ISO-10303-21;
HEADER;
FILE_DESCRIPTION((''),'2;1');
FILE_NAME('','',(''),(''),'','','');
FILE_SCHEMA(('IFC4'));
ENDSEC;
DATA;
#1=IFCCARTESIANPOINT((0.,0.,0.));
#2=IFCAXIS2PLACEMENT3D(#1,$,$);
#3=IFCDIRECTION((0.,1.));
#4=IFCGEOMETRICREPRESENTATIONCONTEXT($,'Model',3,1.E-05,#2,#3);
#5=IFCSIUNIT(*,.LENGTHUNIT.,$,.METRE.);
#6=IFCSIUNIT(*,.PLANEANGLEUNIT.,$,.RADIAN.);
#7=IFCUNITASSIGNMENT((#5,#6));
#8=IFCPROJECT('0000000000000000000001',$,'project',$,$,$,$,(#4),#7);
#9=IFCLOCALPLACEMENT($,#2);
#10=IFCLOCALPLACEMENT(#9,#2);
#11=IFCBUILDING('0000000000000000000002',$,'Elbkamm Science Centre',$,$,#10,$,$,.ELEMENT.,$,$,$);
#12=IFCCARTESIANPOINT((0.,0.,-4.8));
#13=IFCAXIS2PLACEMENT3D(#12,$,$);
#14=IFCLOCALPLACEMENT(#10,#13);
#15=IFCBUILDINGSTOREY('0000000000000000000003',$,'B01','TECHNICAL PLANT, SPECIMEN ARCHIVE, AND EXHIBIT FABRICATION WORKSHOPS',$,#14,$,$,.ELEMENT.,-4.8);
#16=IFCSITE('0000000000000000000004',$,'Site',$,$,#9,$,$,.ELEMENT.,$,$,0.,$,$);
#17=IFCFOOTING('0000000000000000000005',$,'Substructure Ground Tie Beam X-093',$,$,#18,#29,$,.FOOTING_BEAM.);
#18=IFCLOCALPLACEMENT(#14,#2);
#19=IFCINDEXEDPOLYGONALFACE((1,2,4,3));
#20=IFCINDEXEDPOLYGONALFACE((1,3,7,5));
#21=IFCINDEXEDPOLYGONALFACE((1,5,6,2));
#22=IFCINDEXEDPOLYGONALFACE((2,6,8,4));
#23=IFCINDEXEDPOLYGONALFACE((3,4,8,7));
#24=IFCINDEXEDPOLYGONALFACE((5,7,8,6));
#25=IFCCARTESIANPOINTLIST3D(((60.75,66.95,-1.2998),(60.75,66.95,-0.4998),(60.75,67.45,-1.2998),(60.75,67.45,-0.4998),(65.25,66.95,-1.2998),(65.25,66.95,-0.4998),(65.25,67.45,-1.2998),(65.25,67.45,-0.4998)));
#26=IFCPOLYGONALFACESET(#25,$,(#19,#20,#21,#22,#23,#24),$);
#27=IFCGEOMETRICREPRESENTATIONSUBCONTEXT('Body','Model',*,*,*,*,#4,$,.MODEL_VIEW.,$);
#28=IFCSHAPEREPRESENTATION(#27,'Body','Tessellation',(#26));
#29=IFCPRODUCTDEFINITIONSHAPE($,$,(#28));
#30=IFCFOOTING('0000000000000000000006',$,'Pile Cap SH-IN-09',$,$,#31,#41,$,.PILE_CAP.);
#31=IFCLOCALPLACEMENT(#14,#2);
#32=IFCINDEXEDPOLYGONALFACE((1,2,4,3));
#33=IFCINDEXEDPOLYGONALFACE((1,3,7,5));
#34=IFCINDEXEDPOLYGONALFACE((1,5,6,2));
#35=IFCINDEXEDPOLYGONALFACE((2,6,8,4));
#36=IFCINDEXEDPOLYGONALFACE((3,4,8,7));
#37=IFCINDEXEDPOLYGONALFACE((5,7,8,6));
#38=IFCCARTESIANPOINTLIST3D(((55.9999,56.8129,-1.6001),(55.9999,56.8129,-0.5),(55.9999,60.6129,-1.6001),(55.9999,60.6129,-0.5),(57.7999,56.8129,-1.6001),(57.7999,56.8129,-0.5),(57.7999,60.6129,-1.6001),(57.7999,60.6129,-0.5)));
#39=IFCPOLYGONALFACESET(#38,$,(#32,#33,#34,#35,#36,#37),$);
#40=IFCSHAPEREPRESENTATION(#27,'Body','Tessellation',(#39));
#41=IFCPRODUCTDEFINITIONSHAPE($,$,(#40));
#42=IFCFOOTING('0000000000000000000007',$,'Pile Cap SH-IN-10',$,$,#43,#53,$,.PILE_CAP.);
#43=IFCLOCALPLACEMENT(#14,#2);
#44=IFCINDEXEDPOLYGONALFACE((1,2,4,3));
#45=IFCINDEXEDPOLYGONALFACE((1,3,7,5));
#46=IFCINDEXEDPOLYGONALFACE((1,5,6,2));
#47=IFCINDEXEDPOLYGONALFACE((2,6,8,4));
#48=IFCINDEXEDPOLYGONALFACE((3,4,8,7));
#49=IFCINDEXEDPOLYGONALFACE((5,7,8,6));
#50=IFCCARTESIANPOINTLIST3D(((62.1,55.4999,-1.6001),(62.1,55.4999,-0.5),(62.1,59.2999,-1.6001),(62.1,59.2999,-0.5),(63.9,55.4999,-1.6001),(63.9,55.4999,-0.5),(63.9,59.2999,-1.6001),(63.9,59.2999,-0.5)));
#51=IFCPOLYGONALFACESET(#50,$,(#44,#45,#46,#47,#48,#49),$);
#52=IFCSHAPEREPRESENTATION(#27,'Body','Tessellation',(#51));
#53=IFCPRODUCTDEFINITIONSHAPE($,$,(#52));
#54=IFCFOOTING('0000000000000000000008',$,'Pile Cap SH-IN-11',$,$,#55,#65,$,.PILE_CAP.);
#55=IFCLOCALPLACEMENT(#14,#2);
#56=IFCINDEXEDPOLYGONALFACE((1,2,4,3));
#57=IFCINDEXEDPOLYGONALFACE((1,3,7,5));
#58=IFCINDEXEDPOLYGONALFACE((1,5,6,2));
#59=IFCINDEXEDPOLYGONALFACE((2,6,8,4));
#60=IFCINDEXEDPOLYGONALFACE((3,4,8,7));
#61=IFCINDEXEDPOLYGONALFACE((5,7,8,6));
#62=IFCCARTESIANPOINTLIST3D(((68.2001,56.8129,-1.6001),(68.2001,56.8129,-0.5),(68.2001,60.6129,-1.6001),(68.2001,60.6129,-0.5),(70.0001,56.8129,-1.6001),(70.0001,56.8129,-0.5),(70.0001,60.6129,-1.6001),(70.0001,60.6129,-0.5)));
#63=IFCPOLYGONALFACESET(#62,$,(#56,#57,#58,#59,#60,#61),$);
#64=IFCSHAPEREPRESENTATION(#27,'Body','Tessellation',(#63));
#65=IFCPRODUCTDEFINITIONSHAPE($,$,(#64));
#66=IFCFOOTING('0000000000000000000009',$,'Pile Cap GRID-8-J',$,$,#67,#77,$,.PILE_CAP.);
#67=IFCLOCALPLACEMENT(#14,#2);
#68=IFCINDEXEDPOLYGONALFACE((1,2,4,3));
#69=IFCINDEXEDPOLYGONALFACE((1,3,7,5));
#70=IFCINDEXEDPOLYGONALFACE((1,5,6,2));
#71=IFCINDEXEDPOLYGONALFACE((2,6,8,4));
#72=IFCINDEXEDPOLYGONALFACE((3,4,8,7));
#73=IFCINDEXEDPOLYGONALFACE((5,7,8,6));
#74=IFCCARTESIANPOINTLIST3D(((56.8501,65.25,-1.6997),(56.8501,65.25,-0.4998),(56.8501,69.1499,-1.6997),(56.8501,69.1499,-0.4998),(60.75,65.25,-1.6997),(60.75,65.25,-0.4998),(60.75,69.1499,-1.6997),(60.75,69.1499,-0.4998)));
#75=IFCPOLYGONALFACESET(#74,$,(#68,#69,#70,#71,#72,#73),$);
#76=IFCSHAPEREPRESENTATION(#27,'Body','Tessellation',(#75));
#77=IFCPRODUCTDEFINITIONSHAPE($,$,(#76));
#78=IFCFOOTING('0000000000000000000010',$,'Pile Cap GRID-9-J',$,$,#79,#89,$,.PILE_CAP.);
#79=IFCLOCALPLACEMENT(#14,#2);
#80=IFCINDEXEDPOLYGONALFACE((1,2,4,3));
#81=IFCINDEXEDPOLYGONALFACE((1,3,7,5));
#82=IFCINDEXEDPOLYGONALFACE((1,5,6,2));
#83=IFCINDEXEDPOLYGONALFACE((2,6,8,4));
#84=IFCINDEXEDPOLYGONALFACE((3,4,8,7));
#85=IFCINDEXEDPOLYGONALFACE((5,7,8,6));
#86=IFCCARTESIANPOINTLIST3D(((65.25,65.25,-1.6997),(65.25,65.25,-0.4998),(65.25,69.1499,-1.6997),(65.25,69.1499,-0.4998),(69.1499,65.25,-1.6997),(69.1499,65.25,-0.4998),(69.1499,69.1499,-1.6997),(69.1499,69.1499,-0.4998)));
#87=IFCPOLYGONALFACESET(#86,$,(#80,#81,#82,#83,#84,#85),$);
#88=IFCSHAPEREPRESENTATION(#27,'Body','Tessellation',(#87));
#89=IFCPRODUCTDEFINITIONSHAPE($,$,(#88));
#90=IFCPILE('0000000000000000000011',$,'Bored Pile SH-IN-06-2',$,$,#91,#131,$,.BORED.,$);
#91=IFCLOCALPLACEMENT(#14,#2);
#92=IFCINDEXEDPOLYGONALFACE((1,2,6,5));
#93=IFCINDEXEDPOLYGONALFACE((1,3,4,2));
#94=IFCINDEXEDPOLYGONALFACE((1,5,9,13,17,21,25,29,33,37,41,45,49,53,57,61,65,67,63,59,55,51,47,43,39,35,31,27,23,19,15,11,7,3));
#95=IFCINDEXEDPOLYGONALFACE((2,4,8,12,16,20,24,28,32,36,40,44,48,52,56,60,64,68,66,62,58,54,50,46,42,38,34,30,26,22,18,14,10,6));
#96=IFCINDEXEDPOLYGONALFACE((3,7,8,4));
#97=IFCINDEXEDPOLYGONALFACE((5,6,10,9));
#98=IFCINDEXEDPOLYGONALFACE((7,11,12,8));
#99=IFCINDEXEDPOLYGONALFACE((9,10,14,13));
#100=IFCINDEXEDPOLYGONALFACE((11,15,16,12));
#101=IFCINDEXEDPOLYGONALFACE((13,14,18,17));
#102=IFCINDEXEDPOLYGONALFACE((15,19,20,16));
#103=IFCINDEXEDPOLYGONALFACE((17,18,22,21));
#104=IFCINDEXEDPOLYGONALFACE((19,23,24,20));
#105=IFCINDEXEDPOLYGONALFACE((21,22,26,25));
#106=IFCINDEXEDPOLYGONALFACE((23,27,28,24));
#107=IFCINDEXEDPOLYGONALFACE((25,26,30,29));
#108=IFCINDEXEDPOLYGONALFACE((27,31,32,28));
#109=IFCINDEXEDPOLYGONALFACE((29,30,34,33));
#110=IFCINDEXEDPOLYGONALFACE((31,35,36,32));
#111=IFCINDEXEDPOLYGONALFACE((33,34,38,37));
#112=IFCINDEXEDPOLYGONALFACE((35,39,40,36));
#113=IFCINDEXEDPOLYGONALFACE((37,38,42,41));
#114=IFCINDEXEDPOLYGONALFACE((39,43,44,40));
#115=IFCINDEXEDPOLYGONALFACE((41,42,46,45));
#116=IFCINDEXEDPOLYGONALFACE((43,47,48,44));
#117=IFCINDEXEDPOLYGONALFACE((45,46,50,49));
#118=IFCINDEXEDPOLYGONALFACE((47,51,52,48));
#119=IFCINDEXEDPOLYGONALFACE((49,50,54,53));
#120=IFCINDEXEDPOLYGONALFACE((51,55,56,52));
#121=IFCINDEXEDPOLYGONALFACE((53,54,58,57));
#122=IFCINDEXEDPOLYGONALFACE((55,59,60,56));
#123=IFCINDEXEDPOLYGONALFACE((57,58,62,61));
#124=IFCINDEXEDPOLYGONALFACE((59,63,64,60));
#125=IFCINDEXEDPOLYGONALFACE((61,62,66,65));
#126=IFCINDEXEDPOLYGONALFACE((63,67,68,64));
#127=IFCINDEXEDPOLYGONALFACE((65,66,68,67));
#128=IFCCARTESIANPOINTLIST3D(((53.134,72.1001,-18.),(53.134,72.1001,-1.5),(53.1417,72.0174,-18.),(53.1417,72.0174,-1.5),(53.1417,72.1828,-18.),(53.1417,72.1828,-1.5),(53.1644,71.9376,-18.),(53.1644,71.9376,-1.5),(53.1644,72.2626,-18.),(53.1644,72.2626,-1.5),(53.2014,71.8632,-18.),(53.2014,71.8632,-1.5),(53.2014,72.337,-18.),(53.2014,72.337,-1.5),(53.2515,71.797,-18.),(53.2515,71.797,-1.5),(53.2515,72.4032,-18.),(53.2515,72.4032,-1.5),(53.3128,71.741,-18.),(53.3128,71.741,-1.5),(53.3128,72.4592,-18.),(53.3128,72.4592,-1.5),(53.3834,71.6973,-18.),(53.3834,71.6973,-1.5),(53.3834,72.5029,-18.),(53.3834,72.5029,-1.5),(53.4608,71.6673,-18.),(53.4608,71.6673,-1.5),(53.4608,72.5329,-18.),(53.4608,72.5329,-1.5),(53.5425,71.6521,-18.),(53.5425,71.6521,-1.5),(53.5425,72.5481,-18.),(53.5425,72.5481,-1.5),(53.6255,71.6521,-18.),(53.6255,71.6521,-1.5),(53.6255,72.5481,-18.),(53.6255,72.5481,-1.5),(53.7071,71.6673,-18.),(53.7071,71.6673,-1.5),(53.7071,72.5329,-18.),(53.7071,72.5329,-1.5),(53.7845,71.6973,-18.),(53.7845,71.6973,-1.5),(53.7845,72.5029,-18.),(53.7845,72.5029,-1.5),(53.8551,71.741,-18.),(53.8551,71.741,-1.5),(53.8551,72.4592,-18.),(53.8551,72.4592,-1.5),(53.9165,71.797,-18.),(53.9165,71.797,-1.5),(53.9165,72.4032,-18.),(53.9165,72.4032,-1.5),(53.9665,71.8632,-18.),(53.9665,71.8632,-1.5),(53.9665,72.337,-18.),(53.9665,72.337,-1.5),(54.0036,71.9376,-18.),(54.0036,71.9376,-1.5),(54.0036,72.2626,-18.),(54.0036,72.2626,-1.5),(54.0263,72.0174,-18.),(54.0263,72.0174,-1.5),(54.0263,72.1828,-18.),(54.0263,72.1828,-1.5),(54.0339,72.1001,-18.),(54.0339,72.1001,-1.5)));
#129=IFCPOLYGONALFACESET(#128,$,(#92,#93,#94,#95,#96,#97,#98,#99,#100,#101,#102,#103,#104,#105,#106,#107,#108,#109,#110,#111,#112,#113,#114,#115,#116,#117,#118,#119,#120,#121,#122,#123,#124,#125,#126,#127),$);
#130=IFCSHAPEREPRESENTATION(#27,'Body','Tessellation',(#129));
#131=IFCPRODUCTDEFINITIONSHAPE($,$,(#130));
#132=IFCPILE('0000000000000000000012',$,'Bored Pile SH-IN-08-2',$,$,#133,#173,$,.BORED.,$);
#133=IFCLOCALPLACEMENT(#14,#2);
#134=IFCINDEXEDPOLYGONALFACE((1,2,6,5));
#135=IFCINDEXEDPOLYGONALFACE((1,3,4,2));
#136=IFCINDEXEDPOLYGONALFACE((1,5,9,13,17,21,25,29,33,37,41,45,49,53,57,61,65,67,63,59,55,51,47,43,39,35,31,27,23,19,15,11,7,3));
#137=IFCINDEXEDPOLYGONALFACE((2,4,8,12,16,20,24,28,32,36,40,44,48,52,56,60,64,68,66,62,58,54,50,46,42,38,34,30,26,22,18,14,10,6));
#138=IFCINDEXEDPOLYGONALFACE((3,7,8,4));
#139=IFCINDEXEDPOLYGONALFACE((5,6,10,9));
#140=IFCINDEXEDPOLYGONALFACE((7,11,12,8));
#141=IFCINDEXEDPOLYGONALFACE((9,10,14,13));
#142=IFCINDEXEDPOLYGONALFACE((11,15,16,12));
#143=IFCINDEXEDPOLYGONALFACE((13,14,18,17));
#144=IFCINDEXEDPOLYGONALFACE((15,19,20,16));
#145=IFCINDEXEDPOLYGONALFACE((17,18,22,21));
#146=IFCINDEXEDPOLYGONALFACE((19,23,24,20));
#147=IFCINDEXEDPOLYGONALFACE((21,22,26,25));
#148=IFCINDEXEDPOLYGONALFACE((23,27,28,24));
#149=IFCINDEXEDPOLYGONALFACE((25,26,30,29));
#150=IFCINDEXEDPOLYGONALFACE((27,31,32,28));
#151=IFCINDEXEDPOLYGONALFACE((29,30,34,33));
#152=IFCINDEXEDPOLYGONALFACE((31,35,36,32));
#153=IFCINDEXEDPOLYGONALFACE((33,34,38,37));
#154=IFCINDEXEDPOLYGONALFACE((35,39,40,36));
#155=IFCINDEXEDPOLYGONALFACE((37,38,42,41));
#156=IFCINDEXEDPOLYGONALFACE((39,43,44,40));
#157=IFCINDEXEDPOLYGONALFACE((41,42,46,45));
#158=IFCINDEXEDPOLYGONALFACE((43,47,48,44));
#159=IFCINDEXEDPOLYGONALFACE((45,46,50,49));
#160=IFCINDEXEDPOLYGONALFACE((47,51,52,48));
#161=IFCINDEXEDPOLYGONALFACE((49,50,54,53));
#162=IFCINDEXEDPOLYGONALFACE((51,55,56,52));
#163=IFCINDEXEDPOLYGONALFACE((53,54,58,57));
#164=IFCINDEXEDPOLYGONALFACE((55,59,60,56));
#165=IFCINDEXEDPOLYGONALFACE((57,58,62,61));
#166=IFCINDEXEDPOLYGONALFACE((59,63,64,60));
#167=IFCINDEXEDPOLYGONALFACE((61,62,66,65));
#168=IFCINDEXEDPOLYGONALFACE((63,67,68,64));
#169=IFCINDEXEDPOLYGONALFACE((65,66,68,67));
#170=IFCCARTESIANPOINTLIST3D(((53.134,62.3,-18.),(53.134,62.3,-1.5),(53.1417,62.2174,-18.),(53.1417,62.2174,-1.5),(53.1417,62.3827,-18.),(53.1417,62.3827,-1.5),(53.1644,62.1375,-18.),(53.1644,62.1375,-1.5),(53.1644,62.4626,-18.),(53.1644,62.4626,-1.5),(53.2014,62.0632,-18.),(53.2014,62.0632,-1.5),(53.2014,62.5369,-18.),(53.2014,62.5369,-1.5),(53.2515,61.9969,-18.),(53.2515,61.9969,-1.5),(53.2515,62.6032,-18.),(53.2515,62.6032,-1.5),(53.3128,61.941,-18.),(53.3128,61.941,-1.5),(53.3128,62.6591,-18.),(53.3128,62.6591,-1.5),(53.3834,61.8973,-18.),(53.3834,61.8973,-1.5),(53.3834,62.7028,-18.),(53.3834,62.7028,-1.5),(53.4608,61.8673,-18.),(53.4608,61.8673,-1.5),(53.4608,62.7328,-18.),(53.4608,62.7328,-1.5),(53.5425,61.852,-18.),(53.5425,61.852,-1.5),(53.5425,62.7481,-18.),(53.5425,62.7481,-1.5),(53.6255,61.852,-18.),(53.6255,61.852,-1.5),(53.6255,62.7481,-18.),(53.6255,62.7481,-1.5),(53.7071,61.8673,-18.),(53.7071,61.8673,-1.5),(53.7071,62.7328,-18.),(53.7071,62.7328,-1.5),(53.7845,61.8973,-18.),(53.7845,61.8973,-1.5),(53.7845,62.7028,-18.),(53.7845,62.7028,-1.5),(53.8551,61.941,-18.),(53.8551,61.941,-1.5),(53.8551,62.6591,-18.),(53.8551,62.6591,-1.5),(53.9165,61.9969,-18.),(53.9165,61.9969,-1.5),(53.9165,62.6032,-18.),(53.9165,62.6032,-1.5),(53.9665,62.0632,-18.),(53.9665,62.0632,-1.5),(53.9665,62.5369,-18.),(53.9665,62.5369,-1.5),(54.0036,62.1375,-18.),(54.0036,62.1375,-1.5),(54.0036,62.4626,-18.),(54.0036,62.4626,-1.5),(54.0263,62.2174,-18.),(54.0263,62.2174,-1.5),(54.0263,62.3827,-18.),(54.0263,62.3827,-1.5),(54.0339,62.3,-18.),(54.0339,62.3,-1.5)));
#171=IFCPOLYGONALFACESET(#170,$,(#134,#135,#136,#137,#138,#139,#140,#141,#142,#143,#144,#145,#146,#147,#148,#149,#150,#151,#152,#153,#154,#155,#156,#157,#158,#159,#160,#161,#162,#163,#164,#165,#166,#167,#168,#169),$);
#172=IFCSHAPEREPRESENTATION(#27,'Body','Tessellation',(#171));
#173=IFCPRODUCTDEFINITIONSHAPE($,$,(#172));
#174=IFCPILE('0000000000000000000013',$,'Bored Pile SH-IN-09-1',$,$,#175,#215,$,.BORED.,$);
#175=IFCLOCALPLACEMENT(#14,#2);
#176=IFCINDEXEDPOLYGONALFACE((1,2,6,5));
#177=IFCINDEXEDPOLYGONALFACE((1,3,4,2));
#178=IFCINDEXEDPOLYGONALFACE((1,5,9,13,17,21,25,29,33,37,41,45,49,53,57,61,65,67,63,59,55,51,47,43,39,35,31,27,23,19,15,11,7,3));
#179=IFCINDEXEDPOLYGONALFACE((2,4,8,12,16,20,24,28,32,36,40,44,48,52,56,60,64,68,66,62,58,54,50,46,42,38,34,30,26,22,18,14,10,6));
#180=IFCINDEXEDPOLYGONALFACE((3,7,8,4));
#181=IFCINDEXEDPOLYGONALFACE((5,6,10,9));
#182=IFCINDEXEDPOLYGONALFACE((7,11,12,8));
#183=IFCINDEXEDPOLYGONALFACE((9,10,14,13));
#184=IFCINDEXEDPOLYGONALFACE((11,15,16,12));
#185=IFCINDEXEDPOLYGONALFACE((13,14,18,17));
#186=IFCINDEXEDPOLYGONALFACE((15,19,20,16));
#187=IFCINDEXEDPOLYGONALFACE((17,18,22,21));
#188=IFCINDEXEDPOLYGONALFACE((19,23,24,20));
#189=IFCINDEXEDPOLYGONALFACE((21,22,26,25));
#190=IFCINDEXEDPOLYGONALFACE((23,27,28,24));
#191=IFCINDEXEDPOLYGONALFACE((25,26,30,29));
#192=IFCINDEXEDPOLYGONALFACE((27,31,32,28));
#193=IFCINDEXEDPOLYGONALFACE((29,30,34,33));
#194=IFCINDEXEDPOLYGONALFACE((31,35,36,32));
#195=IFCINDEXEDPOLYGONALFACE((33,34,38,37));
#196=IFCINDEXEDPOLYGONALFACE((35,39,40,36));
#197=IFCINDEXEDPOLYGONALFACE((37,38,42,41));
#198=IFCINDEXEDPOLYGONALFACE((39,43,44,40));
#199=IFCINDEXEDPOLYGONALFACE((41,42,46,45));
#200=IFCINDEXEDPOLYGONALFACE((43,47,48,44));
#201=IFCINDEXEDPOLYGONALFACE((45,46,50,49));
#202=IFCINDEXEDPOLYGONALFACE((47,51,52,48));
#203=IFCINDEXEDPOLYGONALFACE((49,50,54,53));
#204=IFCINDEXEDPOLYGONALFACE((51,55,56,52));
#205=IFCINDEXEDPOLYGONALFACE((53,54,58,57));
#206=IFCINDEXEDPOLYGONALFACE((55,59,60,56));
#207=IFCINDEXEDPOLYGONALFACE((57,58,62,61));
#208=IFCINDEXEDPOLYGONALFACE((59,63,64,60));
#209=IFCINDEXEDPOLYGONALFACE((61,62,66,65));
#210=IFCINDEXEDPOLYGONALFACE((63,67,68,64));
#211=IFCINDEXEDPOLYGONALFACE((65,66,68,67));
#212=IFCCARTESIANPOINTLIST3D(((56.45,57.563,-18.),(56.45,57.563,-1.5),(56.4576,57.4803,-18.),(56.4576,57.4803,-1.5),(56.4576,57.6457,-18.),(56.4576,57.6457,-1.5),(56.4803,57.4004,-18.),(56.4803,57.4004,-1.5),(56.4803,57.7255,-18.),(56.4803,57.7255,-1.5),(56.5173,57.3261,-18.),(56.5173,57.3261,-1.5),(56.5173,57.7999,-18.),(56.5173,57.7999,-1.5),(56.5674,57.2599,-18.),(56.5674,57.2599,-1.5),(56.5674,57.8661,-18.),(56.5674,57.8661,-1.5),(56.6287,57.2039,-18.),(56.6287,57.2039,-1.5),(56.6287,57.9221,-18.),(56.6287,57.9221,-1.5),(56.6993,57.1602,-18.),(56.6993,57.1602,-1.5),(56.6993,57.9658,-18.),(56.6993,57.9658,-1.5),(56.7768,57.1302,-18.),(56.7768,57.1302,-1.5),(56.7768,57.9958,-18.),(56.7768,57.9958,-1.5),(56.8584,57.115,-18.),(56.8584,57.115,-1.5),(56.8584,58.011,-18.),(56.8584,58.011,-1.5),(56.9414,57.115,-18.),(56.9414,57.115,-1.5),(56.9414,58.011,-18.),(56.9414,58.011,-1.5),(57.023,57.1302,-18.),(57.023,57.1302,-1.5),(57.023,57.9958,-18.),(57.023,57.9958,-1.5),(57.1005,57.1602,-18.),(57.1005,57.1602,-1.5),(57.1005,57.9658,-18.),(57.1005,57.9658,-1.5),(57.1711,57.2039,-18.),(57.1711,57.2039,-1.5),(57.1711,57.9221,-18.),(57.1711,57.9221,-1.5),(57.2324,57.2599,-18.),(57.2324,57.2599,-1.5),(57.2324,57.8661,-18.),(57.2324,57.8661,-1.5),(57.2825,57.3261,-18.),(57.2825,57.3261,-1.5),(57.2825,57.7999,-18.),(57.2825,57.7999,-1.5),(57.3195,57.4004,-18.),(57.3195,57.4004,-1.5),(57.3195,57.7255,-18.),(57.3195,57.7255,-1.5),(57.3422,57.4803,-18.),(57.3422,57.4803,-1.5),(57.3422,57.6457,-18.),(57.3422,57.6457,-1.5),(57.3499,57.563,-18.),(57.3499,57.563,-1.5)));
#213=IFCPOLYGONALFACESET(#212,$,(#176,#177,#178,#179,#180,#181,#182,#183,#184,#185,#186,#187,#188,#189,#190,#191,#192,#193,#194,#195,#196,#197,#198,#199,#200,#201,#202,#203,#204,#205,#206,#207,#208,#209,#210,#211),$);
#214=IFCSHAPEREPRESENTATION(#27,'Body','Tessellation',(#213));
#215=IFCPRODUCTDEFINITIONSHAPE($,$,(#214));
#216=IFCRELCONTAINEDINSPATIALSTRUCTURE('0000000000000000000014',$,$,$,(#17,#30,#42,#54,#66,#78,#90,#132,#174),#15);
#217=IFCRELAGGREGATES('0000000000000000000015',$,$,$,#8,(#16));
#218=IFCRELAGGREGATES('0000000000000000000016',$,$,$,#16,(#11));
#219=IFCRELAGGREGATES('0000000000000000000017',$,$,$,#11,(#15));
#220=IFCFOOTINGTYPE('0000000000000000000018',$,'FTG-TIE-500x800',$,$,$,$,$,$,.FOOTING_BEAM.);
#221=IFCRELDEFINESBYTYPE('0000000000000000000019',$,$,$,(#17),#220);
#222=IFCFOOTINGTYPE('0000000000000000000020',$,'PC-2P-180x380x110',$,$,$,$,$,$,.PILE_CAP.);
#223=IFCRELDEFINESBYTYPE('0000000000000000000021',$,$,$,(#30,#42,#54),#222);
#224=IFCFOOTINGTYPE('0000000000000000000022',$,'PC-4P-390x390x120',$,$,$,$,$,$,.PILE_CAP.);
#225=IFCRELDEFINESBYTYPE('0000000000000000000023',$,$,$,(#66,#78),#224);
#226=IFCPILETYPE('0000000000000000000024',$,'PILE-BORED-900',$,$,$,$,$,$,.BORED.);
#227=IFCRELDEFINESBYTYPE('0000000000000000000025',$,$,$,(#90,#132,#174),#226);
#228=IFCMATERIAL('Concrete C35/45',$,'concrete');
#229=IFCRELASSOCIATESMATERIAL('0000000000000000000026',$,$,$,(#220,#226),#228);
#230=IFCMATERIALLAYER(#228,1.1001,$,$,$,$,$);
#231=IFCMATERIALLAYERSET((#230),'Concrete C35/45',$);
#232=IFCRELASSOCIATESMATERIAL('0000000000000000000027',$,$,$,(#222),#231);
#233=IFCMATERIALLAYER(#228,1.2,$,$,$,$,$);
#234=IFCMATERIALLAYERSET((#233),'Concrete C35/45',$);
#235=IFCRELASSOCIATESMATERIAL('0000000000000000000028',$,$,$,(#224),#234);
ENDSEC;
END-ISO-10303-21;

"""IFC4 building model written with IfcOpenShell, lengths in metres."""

from ifc_helpers import new_model, si_unit, direction, frame, origin, origin_2d, place, context, subcontext, project, spatial, rectangle, circle, extrude, material, layer, layer_set, material_profile, profile_set, type_object, element, save


model = new_model("IFC4")

# Units and contexts
model_context = context("Model", 3, precision=1e-05, world=origin(), true_north=direction((0.0, 1.0)))
body_context = subcontext(model_context, "Body", "Model", "MODEL_VIEW")
ifc_project = project(units=[si_unit("LENGTHUNIT", "METRE"), si_unit("PLANEANGLEUNIT", "RADIAN")], contexts=[model_context])

# Site, building, storey
site_placement = place(None, origin())
site = spatial("IfcSite", under=ifc_project, at=site_placement, Name="Site", CompositionType="ELEMENT", RefElevation=0.0)
building_placement = place(site_placement, origin())
building = spatial("IfcBuilding", under=site, at=building_placement, Name="Elbkamm Science Centre", CompositionType="ELEMENT")
storey_placement = place(building_placement, frame((0.0, 0.0, -4.8)))
storey = spatial("IfcBuildingStorey", under=building, at=storey_placement, Name="B01", Description="TECHNICAL PLANT, SPECIMEN ARCHIVE, AND EXHIBIT FABRICATION WORKSHOPS", CompositionType="ELEMENT", Elevation=-4.8)

# Footings
ifc_material_1 = material(Name="Concrete C35/45", Category="concrete")
footing_type_1 = type_object("IfcFootingType", Name="FTG-TIE-500x800", PredefinedType="FOOTING_BEAM", material=ifc_material_1)
footing_placement = place(storey_placement, frame((63.0, 67.2, -1.2998), z_axis=(0.0, 0.0, 1.0), x_axis=(1.0, 0.0, 0.0)))
element("IfcFooting", 1, at=footing_placement, inside=storey, type_object=footing_type_1, Name="Substructure Ground Tie Beam X-093", PredefinedType="FOOTING_BEAM", context=body_context, shape_type="SweptSolid", body=[
    extrude(rectangle(XDim=4.5, YDim=0.5, at=origin_2d()), origin(), (0.0, 0.0, 1.0), 0.8),
])
ifc_layer_1 = layer(ifc_material_1, 1.1001)
ifc_layer_set_1 = layer_set([ifc_layer_1], Name="Concrete C35/45")
footing_type_2 = type_object("IfcFootingType", Name="PC-2P-180x380x110", PredefinedType="PILE_CAP", material=ifc_layer_set_1)
for number, where, z_axis, x_axis, name in (
    (2, (56.8999, 58.7129, -1.6001), (0.0, 0.0, 1.0), (1.0, 0.0, 0.0), "Pile Cap SH-IN-09"),
    (3, (63.0, 57.3999, -1.6001), (0.0, 0.0, 1.0), (1.0, 0.0, 0.0), "Pile Cap SH-IN-10"),
    (4, (69.1001, 58.7129, -1.6001), (0.0, 0.0, 1.0), (1.0, 0.0, 0.0), "Pile Cap SH-IN-11"),
):
    element("IfcFooting", number, at=place(storey_placement, frame(where, z_axis=z_axis, x_axis=x_axis)), inside=storey, type_object=footing_type_2, Name=name, PredefinedType="PILE_CAP", context=body_context, shape_type="SweptSolid", body=[
        extrude(rectangle(XDim=1.8, YDim=3.8, at=origin_2d()), origin(), (0.0, 0.0, 1.0), 1.1001),
    ])
ifc_layer_2 = layer(ifc_material_1, 1.2)
ifc_layer_set_2 = layer_set([ifc_layer_2], Name="Concrete C35/45")
footing_type_3 = type_object("IfcFootingType", Name="PC-4P-390x390x120", PredefinedType="PILE_CAP", material=ifc_layer_set_2)
for number, where, z_axis, x_axis, name in (
    (5, (58.8, 67.2, -1.6997), (0.0, 0.0, 1.0), (1.0, 0.0, 0.0), "Pile Cap GRID-8-J"),
    (6, (67.2, 67.2, -1.6997), (0.0, 0.0, 1.0), (1.0, 0.0, 0.0), "Pile Cap GRID-9-J"),
):
    element("IfcFooting", number, at=place(storey_placement, frame(where, z_axis=z_axis, x_axis=x_axis)), inside=storey, type_object=footing_type_3, Name=name, PredefinedType="PILE_CAP", context=body_context, shape_type="SweptSolid", body=[
        extrude(rectangle(XDim=3.8999, YDim=3.8999, at=origin_2d()), origin(), (0.0, 0.0, 1.0), 1.2),
    ])

# Piles
ifc_material_profile_1 = material_profile(ifc_material_1, circle(Radius=0.45, at=origin_2d()), Name="PILE D900")
ifc_profile_set_1 = profile_set([ifc_material_profile_1], Name="Concrete C35/45")
pile_type = type_object("IfcPileType", Name="PILE-BORED-900", PredefinedType="BORED", material=ifc_profile_set_1)
for number, where, z_axis, x_axis, name in (
    (7, (53.584, 72.1001, -1.5), (0.0, 0.0, -1.0), (1.0, 0.0, 0.0), "Bored Pile SH-IN-06-2"),
    (8, (53.584, 62.3, -1.5), (0.0, 0.0, -1.0), (1.0, 0.0, 0.0), "Bored Pile SH-IN-08-2"),
    (9, (56.8999, 57.563, -1.5), (0.0, 0.0, -1.0), (1.0, 0.0, 0.0), "Bored Pile SH-IN-09-1"),
):
    element("IfcPile", number, at=place(storey_placement, frame(where, z_axis=z_axis, x_axis=x_axis)), inside=storey, type_object=pile_type, Name=name, PredefinedType="BORED", context=body_context, shape_type="SweptSolid", body=[
        extrude(circle(Radius=0.45, at=origin_2d()), origin(), (0.0, 0.0, 1.0), 16.5),
    ])

save(model, "model.ifc")
